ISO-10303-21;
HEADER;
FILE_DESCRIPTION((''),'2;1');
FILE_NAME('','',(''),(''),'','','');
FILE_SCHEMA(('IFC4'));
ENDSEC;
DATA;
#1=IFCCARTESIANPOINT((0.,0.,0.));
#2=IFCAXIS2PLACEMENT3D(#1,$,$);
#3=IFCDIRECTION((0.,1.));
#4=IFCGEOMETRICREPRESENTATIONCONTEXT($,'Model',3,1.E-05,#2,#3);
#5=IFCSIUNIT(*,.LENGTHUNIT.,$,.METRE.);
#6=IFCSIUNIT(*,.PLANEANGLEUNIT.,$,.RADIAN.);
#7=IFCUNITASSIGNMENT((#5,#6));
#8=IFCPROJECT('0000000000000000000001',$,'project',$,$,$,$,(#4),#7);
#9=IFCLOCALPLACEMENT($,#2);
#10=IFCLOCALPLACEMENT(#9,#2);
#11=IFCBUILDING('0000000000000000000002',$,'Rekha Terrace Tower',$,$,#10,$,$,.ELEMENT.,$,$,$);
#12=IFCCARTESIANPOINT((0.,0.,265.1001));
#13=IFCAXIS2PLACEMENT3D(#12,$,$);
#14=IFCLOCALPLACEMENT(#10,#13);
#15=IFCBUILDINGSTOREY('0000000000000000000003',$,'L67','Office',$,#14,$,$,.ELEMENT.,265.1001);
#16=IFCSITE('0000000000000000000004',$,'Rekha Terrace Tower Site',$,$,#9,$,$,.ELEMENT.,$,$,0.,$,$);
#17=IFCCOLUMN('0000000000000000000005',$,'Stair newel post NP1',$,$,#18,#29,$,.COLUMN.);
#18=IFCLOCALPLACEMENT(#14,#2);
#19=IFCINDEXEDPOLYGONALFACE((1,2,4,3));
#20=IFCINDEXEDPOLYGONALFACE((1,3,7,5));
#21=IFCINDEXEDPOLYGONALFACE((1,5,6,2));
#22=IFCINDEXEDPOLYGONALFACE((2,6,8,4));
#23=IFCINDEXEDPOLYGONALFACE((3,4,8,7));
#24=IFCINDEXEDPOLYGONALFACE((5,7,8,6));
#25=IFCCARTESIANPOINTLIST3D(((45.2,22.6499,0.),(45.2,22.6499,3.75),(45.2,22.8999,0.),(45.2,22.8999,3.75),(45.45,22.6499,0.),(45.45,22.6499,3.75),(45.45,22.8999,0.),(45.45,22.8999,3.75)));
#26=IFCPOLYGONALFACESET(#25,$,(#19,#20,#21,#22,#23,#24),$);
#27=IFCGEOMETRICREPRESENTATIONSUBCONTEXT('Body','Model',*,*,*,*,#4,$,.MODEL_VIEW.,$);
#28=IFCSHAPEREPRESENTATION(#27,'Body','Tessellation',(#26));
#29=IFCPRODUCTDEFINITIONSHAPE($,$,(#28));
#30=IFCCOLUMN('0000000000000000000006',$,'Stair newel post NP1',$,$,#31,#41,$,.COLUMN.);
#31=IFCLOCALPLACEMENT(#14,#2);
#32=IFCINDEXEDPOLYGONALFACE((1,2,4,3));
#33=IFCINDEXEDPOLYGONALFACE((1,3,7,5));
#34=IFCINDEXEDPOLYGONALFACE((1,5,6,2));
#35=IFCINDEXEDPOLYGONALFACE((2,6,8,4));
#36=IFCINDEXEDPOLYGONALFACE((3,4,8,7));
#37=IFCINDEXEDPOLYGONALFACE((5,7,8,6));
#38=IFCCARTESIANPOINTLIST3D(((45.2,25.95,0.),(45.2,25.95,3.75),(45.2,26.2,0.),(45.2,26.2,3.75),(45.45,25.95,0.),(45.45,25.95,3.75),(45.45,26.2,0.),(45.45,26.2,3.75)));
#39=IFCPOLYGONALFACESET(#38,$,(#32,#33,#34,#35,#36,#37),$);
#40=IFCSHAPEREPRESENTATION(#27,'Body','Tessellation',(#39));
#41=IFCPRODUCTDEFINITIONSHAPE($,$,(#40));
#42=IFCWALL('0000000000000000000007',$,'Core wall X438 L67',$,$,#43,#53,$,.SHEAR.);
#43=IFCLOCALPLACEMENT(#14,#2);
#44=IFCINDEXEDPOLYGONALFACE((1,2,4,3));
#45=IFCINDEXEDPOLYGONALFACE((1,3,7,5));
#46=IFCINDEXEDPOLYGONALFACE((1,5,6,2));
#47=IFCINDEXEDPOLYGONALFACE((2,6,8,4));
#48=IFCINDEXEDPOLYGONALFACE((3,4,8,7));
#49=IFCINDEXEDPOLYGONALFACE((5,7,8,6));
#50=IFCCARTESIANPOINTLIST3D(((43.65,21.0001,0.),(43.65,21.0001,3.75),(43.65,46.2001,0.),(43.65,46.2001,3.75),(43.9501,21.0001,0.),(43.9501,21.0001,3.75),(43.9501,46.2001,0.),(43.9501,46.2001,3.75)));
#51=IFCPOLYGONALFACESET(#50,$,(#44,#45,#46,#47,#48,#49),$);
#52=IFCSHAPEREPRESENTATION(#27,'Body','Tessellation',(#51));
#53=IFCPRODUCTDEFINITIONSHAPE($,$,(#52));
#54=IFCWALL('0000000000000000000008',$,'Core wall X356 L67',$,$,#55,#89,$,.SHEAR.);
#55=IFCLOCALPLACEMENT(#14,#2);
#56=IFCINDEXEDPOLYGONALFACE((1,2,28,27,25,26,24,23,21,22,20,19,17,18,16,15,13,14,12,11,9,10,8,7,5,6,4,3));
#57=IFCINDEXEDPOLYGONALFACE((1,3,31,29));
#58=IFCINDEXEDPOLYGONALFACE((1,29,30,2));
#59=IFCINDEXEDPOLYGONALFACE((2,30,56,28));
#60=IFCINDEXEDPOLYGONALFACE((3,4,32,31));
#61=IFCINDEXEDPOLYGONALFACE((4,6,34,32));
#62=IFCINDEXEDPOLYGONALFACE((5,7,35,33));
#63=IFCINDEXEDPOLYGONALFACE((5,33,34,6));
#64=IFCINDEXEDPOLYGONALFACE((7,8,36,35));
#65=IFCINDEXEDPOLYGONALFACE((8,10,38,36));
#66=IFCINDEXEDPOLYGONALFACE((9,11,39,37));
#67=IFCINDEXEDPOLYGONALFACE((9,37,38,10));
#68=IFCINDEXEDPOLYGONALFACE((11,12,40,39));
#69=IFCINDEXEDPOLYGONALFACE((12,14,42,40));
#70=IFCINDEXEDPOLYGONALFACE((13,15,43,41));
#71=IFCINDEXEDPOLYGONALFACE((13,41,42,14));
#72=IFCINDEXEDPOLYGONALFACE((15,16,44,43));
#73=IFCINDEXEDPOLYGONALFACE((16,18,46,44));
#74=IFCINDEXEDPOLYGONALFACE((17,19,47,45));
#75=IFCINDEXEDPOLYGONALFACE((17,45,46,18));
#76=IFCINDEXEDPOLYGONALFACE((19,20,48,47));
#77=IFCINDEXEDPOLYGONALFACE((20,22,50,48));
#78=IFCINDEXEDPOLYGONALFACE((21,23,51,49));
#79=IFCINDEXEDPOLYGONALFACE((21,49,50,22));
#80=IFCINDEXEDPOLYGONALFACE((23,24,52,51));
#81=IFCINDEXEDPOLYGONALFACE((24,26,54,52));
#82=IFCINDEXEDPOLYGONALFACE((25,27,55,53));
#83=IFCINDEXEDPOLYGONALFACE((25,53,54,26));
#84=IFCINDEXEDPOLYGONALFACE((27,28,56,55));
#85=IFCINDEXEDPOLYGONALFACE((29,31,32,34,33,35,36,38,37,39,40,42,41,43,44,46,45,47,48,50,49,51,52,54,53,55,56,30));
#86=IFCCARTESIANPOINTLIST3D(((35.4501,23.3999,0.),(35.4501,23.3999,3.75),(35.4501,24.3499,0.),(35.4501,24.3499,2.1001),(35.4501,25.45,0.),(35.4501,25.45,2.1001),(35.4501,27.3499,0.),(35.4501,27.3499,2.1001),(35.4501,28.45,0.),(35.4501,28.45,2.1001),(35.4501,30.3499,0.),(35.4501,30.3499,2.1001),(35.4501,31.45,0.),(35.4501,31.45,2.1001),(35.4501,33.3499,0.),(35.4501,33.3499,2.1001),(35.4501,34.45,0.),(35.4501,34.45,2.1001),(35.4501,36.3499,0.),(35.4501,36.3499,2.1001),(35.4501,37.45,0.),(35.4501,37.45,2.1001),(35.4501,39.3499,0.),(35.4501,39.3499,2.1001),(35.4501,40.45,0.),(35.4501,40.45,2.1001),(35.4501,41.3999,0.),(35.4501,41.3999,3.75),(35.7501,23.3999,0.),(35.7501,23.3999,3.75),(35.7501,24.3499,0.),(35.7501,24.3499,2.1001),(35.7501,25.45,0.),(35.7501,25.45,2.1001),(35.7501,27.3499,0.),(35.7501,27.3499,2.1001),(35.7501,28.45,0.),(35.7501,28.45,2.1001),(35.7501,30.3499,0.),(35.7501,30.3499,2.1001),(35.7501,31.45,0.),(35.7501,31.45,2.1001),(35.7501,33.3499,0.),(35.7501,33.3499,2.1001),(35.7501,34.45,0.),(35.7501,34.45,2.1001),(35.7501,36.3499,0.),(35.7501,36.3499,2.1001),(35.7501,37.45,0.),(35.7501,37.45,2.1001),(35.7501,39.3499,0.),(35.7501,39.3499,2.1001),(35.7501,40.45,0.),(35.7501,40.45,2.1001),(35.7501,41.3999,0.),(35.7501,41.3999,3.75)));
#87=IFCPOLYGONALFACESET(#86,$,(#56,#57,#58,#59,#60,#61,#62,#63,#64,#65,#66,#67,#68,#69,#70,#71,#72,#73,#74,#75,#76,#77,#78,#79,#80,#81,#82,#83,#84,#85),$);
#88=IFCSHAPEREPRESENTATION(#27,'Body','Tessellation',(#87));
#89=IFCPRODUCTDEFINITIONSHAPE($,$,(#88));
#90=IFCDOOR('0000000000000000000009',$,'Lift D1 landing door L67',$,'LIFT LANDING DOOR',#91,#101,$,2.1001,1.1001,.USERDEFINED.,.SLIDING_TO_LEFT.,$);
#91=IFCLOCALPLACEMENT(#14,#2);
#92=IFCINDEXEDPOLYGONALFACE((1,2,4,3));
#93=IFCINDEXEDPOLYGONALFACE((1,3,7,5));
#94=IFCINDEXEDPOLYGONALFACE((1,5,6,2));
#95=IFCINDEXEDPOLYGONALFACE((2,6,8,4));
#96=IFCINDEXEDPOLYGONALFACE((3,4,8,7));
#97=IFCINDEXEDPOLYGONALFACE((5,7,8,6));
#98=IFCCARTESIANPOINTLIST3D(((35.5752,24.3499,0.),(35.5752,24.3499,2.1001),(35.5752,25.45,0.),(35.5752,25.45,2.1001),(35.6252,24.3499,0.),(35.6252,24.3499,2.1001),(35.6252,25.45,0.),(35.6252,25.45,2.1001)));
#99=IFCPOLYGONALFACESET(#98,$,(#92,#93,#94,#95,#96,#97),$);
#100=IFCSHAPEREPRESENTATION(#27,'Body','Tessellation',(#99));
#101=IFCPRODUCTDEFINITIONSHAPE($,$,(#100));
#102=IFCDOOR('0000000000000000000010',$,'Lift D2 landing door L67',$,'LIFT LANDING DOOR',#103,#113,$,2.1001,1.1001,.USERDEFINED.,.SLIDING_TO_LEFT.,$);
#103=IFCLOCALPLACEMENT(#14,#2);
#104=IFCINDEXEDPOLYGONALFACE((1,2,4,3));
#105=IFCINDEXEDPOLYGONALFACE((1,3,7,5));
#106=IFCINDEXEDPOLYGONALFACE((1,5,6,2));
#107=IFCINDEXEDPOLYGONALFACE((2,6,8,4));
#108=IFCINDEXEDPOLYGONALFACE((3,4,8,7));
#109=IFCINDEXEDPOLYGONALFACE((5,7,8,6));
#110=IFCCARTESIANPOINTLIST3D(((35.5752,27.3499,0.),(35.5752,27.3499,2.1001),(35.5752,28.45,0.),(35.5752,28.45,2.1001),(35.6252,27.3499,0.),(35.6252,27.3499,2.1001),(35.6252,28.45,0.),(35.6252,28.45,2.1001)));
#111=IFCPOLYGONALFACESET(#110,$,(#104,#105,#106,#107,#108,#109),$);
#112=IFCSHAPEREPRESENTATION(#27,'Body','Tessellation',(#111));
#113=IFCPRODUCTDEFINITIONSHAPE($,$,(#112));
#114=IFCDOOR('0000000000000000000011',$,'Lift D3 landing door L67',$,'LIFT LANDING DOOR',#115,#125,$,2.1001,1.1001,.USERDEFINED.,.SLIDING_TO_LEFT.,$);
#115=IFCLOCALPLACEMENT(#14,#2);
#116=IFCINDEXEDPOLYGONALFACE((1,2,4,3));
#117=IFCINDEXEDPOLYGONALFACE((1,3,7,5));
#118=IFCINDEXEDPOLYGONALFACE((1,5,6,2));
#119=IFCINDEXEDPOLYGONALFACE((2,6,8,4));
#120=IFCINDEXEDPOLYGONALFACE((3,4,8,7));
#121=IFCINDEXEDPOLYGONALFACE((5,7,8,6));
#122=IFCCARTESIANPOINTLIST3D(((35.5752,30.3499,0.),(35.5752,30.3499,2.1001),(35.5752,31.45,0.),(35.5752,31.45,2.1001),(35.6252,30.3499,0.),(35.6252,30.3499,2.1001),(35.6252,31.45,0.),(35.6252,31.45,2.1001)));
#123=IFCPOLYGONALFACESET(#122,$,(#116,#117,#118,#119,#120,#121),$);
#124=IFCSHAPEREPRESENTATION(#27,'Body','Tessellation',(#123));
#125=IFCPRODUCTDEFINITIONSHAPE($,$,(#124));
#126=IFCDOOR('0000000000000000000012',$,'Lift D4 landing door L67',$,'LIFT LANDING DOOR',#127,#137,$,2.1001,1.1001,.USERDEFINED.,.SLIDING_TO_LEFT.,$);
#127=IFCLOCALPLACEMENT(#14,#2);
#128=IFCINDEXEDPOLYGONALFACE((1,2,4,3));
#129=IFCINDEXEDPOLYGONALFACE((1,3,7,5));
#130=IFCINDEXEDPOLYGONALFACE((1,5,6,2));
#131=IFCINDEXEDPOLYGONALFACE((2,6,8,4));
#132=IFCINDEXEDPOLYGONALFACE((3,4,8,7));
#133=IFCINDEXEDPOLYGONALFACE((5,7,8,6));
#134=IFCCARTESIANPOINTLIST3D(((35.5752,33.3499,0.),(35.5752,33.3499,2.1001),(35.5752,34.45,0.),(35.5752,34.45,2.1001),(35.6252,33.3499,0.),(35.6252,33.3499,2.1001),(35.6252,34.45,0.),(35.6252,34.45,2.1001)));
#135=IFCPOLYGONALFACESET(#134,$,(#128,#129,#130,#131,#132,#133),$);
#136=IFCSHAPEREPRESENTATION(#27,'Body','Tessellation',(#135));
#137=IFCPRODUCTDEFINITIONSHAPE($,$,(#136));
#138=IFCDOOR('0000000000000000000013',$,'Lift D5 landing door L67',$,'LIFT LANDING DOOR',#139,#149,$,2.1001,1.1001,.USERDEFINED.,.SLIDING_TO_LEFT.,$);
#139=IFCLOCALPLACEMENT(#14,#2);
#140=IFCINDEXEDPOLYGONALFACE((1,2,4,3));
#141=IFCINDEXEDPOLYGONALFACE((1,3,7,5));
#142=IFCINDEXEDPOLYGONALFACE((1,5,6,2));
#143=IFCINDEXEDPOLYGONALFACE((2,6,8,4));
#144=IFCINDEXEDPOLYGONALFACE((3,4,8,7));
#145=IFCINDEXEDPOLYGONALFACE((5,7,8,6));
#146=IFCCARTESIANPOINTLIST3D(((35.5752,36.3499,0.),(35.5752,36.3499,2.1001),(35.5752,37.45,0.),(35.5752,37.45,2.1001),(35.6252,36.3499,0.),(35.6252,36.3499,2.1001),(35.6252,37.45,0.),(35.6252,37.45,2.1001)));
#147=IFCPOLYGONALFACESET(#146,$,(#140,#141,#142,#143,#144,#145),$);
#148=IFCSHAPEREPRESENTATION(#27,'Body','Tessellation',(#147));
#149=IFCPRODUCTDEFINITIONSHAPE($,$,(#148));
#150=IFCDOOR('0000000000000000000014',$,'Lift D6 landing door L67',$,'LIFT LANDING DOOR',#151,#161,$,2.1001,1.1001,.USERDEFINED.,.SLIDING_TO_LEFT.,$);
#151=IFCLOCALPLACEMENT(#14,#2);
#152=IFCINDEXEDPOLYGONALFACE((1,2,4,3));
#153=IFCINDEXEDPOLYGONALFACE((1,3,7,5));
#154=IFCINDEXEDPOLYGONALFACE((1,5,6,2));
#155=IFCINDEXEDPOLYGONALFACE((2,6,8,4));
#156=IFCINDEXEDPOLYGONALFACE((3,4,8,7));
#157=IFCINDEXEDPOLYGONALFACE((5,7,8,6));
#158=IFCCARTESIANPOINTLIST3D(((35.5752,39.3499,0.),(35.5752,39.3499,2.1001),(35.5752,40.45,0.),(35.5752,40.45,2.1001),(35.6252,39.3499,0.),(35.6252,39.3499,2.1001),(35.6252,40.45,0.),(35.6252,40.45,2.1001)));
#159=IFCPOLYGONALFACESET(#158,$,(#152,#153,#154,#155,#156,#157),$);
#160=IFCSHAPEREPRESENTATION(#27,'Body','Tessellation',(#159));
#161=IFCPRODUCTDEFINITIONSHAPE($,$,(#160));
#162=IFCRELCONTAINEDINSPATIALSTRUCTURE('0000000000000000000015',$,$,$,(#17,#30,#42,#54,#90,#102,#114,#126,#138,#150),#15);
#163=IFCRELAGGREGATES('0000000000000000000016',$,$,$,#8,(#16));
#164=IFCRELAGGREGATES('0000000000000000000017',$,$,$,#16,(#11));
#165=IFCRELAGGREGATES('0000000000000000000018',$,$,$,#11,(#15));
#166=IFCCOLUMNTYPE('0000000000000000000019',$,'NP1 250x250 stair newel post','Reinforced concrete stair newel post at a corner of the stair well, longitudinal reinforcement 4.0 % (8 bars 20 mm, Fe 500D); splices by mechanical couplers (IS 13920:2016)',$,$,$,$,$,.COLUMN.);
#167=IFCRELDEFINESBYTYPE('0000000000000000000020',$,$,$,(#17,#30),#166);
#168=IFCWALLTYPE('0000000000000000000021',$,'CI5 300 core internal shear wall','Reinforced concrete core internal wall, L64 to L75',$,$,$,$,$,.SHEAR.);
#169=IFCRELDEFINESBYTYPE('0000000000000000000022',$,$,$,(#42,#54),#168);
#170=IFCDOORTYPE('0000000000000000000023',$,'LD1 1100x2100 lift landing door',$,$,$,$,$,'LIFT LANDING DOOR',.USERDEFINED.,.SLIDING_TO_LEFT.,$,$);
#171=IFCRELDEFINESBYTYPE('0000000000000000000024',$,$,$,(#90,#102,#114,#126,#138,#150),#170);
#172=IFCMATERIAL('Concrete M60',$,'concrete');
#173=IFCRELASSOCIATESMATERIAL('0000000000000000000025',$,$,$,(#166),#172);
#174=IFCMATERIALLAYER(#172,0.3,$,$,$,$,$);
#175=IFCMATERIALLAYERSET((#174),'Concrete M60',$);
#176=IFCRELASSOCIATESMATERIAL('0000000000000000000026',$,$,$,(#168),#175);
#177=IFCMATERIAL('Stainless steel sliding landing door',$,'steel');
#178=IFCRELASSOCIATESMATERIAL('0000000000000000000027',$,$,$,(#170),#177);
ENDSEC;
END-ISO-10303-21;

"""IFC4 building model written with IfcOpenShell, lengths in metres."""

from ifc_helpers import new_model, si_unit, direction, frame, frame_2d, origin, origin_2d, place, context, subcontext, project, spatial, rectangle, extrude, material, layer, layer_set, material_profile, profile_set, type_object, element, fill, save


model = new_model("IFC4")

# Units and contexts
model_context = context("Model", 3, precision=1e-05, world=origin(), true_north=direction((0.0, 1.0)))
body_context = subcontext(model_context, "Body", "Model", "MODEL_VIEW")
ifc_project = project(units=[si_unit("LENGTHUNIT", "METRE"), si_unit("PLANEANGLEUNIT", "RADIAN")], contexts=[model_context])

# Site, building, storey
site_placement = place(None, origin())
site = spatial("IfcSite", under=ifc_project, at=site_placement, Name="Rekha Terrace Tower Site", CompositionType="ELEMENT", RefElevation=0.0)
building_placement = place(site_placement, origin())
building = spatial("IfcBuilding", under=site, at=building_placement, Name="Rekha Terrace Tower", CompositionType="ELEMENT")
storey_placement = place(building_placement, frame((0.0, 0.0, 265.1001)))
storey = spatial("IfcBuildingStorey", under=building, at=storey_placement, Name="L67", Description="Office", CompositionType="ELEMENT", Elevation=265.1001)

# Columns
ifc_material_1 = material(Name="Concrete M60", Category="concrete")
ifc_material_profile = material_profile(ifc_material_1, rectangle(XDim=0.25, YDim=0.25, at=origin_2d()), Name="RC 250x250")
ifc_profile_set = profile_set([ifc_material_profile], Name="Concrete M60")
column_type = type_object("IfcColumnType", Name="NP1 250x250 stair newel post", Description="Reinforced concrete stair newel post at a corner of the stair well, longitudinal reinforcement 4.0 % (8 bars 20 mm, Fe 500D); splices by mechanical couplers (IS 13920:2016)", PredefinedType="COLUMN", material=ifc_profile_set)
for number, where, z_axis, x_axis, name in (
    (1, (45.325, 22.7749, 0.0), (0.0, 0.0, 1.0), (1.0, 0.0, 0.0), "Stair newel post NP1"),
    (2, (45.325, 26.075, 0.0), (0.0, 0.0, 1.0), (1.0, 0.0, 0.0), "Stair newel post NP1"),
):
    element("IfcColumn", number, at=place(storey_placement, frame(where, z_axis=z_axis, x_axis=x_axis)), inside=storey, type_object=column_type, Name=name, PredefinedType="COLUMN", context=body_context, shape_type="SweptSolid", body=[
        extrude(rectangle(XDim=0.25, YDim=0.25, at=origin_2d()), origin(), (0.0, 0.0, 1.0), 3.75),
    ])

# Wall
ifc_layer_1 = layer(ifc_material_1, 0.3)
ifc_layer_set_1 = layer_set([ifc_layer_1], Name="Concrete M60")
wall_type_1 = type_object("IfcWallType", Name="CI5 300 core internal shear wall", Description="Reinforced concrete core internal wall, L64 to L75", PredefinedType="SHEAR", material=ifc_layer_set_1)
wall_1_placement = place(storey_placement, frame((43.8, 21.0, 0.0), z_axis=(0.0, 0.0, 1.0), x_axis=(0.0, 1.0, 0.0)))
element("IfcWall", 3, at=wall_1_placement, inside=storey, type_object=wall_type_1, Name="Core wall X438 L67", PredefinedType="SHEAR", context=body_context, shape_type="SweptSolid", body=[
    extrude(rectangle(XDim=25.2, YDim=0.3, at=frame_2d((12.6001, 0.0))), origin(), (0.0, 0.0, 1.0), 3.75),
])

# Wall, openings, doors
wall_2_placement = place(storey_placement, frame((35.6001, 23.3999, 0.0), z_axis=(0.0, 0.0, 1.0), x_axis=(0.0, 1.0, 0.0)))
wall_2 = element("IfcWall", 4, at=wall_2_placement, inside=storey, type_object=wall_type_1, Name="Core wall X356 L67", PredefinedType="SHEAR", context=body_context, shape_type="SweptSolid", body=[
    extrude(rectangle(XDim=18.0, YDim=0.3, at=frame_2d((9.0, 0.0))), origin(), (0.0, 0.0, 1.0), 3.75),
])
opening_1_placement = place(wall_2_placement, frame((0.95, 0.0, 0.0)))
opening_1 = element("IfcOpeningElement", 5, at=opening_1_placement, cuts=wall_2, PredefinedType="OPENING", context=body_context, shape_type="SweptSolid", body=[
    extrude(rectangle(XDim=1.1001, YDim=2.1001, at=frame_2d((0.55, 1.05))), frame((0.0, 0.1599, 0.0), z_axis=(0.0, -1.0, 0.0), x_axis=(1.0, 0.0, 0.0)), (0.0, 0.0, 1.0), 0.3201),
])
opening_2_placement = place(wall_2_placement, frame((3.95, 0.0, 0.0)))
opening_2 = element("IfcOpeningElement", 6, at=opening_2_placement, cuts=wall_2, PredefinedType="OPENING", context=body_context, shape_type="SweptSolid", body=[
    extrude(rectangle(XDim=1.1001, YDim=2.1001, at=frame_2d((0.55, 1.05))), frame((0.0, 0.1599, 0.0), z_axis=(0.0, -1.0, 0.0), x_axis=(1.0, 0.0, 0.0)), (0.0, 0.0, 1.0), 0.3201),
])
opening_3_placement = place(wall_2_placement, frame((6.95, 0.0, 0.0)))
opening_3 = element("IfcOpeningElement", 7, at=opening_3_placement, cuts=wall_2, PredefinedType="OPENING", context=body_context, shape_type="SweptSolid", body=[
    extrude(rectangle(XDim=1.1001, YDim=2.1001, at=frame_2d((0.55, 1.05))), frame((0.0, 0.1599, 0.0), z_axis=(0.0, -1.0, 0.0), x_axis=(1.0, 0.0, 0.0)), (0.0, 0.0, 1.0), 0.3201),
])
opening_4_placement = place(wall_2_placement, frame((9.95, 0.0, 0.0)))
opening_4 = element("IfcOpeningElement", 8, at=opening_4_placement, cuts=wall_2, PredefinedType="OPENING", context=body_context, shape_type="SweptSolid", body=[
    extrude(rectangle(XDim=1.1001, YDim=2.1001, at=frame_2d((0.55, 1.05))), frame((0.0, 0.1599, 0.0), z_axis=(0.0, -1.0, 0.0), x_axis=(1.0, 0.0, 0.0)), (0.0, 0.0, 1.0), 0.3201),
])
opening_5_placement = place(wall_2_placement, frame((12.95, 0.0, 0.0)))
opening_5 = element("IfcOpeningElement", 9, at=opening_5_placement, cuts=wall_2, PredefinedType="OPENING", context=body_context, shape_type="SweptSolid", body=[
    extrude(rectangle(XDim=1.1001, YDim=2.1001, at=frame_2d((0.55, 1.05))), frame((0.0, 0.1599, 0.0), z_axis=(0.0, -1.0, 0.0), x_axis=(1.0, 0.0, 0.0)), (0.0, 0.0, 1.0), 0.3201),
])
opening_6_placement = place(wall_2_placement, frame((15.95, 0.0, 0.0)))
opening_6 = element("IfcOpeningElement", 10, at=opening_6_placement, cuts=wall_2, PredefinedType="OPENING", context=body_context, shape_type="SweptSolid", body=[
    extrude(rectangle(XDim=1.1001, YDim=2.1001, at=frame_2d((0.55, 1.05))), frame((0.0, 0.1599, 0.0), z_axis=(0.0, -1.0, 0.0), x_axis=(1.0, 0.0, 0.0)), (0.0, 0.0, 1.0), 0.3201),
])
ifc_material_2 = material(Name="Stainless steel sliding landing door", Category="steel")
door_type_1 = type_object("IfcDoorType", Name="LD1 1100x2100 lift landing door", ElementType="LIFT LANDING DOOR", OperationType="SLIDING_TO_LEFT", PredefinedType="USERDEFINED", material=ifc_material_2)
door_1_placement = place(opening_1_placement, origin())
door_1 = element("IfcDoor", 11, at=door_1_placement, inside=storey, type_object=door_type_1, Name="Lift D1 landing door L67", ObjectType="LIFT LANDING DOOR", OperationType="SLIDING_TO_LEFT", OverallHeight=2.1001, OverallWidth=1.1001, PredefinedType="USERDEFINED", context=body_context, shape_type="SweptSolid", body=[
    extrude(rectangle(XDim=1.1001, YDim=2.1001, at=frame_2d((0.55, 1.05))), frame((0.0, 0.0249, 0.0), z_axis=(0.0, -1.0, 0.0), x_axis=(1.0, 0.0, 0.0)), (0.0, 0.0, 1.0), 0.05),
])
fill(opening_1, door_1)
door_2_placement = place(opening_2_placement, origin())
door_2 = element("IfcDoor", 12, at=door_2_placement, inside=storey, type_object=door_type_1, Name="Lift D2 landing door L67", ObjectType="LIFT LANDING DOOR", OperationType="SLIDING_TO_LEFT", OverallHeight=2.1001, OverallWidth=1.1001, PredefinedType="USERDEFINED", context=body_context, shape_type="SweptSolid", body=[
    extrude(rectangle(XDim=1.1001, YDim=2.1001, at=frame_2d((0.55, 1.05))), frame((0.0, 0.0249, 0.0), z_axis=(0.0, -1.0, 0.0), x_axis=(1.0, 0.0, 0.0)), (0.0, 0.0, 1.0), 0.05),
])
fill(opening_2, door_2)
door_3_placement = place(opening_3_placement, origin())
door_3 = element("IfcDoor", 13, at=door_3_placement, inside=storey, type_object=door_type_1, Name="Lift D3 landing door L67", ObjectType="LIFT LANDING DOOR", OperationType="SLIDING_TO_LEFT", OverallHeight=2.1001, OverallWidth=1.1001, PredefinedType="USERDEFINED", context=body_context, shape_type="SweptSolid", body=[
    extrude(rectangle(XDim=1.1001, YDim=2.1001, at=frame_2d((0.55, 1.05))), frame((0.0, 0.0249, 0.0), z_axis=(0.0, -1.0, 0.0), x_axis=(1.0, 0.0, 0.0)), (0.0, 0.0, 1.0), 0.05),
])
fill(opening_3, door_3)
door_4_placement = place(opening_4_placement, origin())
door_4 = element("IfcDoor", 14, at=door_4_placement, inside=storey, type_object=door_type_1, Name="Lift D4 landing door L67", ObjectType="LIFT LANDING DOOR", OperationType="SLIDING_TO_LEFT", OverallHeight=2.1001, OverallWidth=1.1001, PredefinedType="USERDEFINED", context=body_context, shape_type="SweptSolid", body=[
    extrude(rectangle(XDim=1.1001, YDim=2.1001, at=frame_2d((0.55, 1.05))), frame((0.0, 0.0249, 0.0), z_axis=(0.0, -1.0, 0.0), x_axis=(1.0, 0.0, 0.0)), (0.0, 0.0, 1.0), 0.05),
])
fill(opening_4, door_4)
door_5_placement = place(opening_5_placement, origin())
door_5 = element("IfcDoor", 15, at=door_5_placement, inside=storey, type_object=door_type_1, Name="Lift D5 landing door L67", ObjectType="LIFT LANDING DOOR", OperationType="SLIDING_TO_LEFT", OverallHeight=2.1001, OverallWidth=1.1001, PredefinedType="USERDEFINED", context=body_context, shape_type="SweptSolid", body=[
    extrude(rectangle(XDim=1.1001, YDim=2.1001, at=frame_2d((0.55, 1.05))), frame((0.0, 0.0249, 0.0), z_axis=(0.0, -1.0, 0.0), x_axis=(1.0, 0.0, 0.0)), (0.0, 0.0, 1.0), 0.05),
])
fill(opening_5, door_5)
door_6_placement = place(opening_6_placement, origin())
door_6 = element("IfcDoor", 16, at=door_6_placement, inside=storey, type_object=door_type_1, Name="Lift D6 landing door L67", ObjectType="LIFT LANDING DOOR", OperationType="SLIDING_TO_LEFT", OverallHeight=2.1001, OverallWidth=1.1001, PredefinedType="USERDEFINED", context=body_context, shape_type="SweptSolid", body=[
    extrude(rectangle(XDim=1.1001, YDim=2.1001, at=frame_2d((0.55, 1.05))), frame((0.0, 0.0249, 0.0), z_axis=(0.0, -1.0, 0.0), x_axis=(1.0, 0.0, 0.0)), (0.0, 0.0, 1.0), 0.05),
])
fill(opening_6, door_6)

save(model, "model.ifc")
